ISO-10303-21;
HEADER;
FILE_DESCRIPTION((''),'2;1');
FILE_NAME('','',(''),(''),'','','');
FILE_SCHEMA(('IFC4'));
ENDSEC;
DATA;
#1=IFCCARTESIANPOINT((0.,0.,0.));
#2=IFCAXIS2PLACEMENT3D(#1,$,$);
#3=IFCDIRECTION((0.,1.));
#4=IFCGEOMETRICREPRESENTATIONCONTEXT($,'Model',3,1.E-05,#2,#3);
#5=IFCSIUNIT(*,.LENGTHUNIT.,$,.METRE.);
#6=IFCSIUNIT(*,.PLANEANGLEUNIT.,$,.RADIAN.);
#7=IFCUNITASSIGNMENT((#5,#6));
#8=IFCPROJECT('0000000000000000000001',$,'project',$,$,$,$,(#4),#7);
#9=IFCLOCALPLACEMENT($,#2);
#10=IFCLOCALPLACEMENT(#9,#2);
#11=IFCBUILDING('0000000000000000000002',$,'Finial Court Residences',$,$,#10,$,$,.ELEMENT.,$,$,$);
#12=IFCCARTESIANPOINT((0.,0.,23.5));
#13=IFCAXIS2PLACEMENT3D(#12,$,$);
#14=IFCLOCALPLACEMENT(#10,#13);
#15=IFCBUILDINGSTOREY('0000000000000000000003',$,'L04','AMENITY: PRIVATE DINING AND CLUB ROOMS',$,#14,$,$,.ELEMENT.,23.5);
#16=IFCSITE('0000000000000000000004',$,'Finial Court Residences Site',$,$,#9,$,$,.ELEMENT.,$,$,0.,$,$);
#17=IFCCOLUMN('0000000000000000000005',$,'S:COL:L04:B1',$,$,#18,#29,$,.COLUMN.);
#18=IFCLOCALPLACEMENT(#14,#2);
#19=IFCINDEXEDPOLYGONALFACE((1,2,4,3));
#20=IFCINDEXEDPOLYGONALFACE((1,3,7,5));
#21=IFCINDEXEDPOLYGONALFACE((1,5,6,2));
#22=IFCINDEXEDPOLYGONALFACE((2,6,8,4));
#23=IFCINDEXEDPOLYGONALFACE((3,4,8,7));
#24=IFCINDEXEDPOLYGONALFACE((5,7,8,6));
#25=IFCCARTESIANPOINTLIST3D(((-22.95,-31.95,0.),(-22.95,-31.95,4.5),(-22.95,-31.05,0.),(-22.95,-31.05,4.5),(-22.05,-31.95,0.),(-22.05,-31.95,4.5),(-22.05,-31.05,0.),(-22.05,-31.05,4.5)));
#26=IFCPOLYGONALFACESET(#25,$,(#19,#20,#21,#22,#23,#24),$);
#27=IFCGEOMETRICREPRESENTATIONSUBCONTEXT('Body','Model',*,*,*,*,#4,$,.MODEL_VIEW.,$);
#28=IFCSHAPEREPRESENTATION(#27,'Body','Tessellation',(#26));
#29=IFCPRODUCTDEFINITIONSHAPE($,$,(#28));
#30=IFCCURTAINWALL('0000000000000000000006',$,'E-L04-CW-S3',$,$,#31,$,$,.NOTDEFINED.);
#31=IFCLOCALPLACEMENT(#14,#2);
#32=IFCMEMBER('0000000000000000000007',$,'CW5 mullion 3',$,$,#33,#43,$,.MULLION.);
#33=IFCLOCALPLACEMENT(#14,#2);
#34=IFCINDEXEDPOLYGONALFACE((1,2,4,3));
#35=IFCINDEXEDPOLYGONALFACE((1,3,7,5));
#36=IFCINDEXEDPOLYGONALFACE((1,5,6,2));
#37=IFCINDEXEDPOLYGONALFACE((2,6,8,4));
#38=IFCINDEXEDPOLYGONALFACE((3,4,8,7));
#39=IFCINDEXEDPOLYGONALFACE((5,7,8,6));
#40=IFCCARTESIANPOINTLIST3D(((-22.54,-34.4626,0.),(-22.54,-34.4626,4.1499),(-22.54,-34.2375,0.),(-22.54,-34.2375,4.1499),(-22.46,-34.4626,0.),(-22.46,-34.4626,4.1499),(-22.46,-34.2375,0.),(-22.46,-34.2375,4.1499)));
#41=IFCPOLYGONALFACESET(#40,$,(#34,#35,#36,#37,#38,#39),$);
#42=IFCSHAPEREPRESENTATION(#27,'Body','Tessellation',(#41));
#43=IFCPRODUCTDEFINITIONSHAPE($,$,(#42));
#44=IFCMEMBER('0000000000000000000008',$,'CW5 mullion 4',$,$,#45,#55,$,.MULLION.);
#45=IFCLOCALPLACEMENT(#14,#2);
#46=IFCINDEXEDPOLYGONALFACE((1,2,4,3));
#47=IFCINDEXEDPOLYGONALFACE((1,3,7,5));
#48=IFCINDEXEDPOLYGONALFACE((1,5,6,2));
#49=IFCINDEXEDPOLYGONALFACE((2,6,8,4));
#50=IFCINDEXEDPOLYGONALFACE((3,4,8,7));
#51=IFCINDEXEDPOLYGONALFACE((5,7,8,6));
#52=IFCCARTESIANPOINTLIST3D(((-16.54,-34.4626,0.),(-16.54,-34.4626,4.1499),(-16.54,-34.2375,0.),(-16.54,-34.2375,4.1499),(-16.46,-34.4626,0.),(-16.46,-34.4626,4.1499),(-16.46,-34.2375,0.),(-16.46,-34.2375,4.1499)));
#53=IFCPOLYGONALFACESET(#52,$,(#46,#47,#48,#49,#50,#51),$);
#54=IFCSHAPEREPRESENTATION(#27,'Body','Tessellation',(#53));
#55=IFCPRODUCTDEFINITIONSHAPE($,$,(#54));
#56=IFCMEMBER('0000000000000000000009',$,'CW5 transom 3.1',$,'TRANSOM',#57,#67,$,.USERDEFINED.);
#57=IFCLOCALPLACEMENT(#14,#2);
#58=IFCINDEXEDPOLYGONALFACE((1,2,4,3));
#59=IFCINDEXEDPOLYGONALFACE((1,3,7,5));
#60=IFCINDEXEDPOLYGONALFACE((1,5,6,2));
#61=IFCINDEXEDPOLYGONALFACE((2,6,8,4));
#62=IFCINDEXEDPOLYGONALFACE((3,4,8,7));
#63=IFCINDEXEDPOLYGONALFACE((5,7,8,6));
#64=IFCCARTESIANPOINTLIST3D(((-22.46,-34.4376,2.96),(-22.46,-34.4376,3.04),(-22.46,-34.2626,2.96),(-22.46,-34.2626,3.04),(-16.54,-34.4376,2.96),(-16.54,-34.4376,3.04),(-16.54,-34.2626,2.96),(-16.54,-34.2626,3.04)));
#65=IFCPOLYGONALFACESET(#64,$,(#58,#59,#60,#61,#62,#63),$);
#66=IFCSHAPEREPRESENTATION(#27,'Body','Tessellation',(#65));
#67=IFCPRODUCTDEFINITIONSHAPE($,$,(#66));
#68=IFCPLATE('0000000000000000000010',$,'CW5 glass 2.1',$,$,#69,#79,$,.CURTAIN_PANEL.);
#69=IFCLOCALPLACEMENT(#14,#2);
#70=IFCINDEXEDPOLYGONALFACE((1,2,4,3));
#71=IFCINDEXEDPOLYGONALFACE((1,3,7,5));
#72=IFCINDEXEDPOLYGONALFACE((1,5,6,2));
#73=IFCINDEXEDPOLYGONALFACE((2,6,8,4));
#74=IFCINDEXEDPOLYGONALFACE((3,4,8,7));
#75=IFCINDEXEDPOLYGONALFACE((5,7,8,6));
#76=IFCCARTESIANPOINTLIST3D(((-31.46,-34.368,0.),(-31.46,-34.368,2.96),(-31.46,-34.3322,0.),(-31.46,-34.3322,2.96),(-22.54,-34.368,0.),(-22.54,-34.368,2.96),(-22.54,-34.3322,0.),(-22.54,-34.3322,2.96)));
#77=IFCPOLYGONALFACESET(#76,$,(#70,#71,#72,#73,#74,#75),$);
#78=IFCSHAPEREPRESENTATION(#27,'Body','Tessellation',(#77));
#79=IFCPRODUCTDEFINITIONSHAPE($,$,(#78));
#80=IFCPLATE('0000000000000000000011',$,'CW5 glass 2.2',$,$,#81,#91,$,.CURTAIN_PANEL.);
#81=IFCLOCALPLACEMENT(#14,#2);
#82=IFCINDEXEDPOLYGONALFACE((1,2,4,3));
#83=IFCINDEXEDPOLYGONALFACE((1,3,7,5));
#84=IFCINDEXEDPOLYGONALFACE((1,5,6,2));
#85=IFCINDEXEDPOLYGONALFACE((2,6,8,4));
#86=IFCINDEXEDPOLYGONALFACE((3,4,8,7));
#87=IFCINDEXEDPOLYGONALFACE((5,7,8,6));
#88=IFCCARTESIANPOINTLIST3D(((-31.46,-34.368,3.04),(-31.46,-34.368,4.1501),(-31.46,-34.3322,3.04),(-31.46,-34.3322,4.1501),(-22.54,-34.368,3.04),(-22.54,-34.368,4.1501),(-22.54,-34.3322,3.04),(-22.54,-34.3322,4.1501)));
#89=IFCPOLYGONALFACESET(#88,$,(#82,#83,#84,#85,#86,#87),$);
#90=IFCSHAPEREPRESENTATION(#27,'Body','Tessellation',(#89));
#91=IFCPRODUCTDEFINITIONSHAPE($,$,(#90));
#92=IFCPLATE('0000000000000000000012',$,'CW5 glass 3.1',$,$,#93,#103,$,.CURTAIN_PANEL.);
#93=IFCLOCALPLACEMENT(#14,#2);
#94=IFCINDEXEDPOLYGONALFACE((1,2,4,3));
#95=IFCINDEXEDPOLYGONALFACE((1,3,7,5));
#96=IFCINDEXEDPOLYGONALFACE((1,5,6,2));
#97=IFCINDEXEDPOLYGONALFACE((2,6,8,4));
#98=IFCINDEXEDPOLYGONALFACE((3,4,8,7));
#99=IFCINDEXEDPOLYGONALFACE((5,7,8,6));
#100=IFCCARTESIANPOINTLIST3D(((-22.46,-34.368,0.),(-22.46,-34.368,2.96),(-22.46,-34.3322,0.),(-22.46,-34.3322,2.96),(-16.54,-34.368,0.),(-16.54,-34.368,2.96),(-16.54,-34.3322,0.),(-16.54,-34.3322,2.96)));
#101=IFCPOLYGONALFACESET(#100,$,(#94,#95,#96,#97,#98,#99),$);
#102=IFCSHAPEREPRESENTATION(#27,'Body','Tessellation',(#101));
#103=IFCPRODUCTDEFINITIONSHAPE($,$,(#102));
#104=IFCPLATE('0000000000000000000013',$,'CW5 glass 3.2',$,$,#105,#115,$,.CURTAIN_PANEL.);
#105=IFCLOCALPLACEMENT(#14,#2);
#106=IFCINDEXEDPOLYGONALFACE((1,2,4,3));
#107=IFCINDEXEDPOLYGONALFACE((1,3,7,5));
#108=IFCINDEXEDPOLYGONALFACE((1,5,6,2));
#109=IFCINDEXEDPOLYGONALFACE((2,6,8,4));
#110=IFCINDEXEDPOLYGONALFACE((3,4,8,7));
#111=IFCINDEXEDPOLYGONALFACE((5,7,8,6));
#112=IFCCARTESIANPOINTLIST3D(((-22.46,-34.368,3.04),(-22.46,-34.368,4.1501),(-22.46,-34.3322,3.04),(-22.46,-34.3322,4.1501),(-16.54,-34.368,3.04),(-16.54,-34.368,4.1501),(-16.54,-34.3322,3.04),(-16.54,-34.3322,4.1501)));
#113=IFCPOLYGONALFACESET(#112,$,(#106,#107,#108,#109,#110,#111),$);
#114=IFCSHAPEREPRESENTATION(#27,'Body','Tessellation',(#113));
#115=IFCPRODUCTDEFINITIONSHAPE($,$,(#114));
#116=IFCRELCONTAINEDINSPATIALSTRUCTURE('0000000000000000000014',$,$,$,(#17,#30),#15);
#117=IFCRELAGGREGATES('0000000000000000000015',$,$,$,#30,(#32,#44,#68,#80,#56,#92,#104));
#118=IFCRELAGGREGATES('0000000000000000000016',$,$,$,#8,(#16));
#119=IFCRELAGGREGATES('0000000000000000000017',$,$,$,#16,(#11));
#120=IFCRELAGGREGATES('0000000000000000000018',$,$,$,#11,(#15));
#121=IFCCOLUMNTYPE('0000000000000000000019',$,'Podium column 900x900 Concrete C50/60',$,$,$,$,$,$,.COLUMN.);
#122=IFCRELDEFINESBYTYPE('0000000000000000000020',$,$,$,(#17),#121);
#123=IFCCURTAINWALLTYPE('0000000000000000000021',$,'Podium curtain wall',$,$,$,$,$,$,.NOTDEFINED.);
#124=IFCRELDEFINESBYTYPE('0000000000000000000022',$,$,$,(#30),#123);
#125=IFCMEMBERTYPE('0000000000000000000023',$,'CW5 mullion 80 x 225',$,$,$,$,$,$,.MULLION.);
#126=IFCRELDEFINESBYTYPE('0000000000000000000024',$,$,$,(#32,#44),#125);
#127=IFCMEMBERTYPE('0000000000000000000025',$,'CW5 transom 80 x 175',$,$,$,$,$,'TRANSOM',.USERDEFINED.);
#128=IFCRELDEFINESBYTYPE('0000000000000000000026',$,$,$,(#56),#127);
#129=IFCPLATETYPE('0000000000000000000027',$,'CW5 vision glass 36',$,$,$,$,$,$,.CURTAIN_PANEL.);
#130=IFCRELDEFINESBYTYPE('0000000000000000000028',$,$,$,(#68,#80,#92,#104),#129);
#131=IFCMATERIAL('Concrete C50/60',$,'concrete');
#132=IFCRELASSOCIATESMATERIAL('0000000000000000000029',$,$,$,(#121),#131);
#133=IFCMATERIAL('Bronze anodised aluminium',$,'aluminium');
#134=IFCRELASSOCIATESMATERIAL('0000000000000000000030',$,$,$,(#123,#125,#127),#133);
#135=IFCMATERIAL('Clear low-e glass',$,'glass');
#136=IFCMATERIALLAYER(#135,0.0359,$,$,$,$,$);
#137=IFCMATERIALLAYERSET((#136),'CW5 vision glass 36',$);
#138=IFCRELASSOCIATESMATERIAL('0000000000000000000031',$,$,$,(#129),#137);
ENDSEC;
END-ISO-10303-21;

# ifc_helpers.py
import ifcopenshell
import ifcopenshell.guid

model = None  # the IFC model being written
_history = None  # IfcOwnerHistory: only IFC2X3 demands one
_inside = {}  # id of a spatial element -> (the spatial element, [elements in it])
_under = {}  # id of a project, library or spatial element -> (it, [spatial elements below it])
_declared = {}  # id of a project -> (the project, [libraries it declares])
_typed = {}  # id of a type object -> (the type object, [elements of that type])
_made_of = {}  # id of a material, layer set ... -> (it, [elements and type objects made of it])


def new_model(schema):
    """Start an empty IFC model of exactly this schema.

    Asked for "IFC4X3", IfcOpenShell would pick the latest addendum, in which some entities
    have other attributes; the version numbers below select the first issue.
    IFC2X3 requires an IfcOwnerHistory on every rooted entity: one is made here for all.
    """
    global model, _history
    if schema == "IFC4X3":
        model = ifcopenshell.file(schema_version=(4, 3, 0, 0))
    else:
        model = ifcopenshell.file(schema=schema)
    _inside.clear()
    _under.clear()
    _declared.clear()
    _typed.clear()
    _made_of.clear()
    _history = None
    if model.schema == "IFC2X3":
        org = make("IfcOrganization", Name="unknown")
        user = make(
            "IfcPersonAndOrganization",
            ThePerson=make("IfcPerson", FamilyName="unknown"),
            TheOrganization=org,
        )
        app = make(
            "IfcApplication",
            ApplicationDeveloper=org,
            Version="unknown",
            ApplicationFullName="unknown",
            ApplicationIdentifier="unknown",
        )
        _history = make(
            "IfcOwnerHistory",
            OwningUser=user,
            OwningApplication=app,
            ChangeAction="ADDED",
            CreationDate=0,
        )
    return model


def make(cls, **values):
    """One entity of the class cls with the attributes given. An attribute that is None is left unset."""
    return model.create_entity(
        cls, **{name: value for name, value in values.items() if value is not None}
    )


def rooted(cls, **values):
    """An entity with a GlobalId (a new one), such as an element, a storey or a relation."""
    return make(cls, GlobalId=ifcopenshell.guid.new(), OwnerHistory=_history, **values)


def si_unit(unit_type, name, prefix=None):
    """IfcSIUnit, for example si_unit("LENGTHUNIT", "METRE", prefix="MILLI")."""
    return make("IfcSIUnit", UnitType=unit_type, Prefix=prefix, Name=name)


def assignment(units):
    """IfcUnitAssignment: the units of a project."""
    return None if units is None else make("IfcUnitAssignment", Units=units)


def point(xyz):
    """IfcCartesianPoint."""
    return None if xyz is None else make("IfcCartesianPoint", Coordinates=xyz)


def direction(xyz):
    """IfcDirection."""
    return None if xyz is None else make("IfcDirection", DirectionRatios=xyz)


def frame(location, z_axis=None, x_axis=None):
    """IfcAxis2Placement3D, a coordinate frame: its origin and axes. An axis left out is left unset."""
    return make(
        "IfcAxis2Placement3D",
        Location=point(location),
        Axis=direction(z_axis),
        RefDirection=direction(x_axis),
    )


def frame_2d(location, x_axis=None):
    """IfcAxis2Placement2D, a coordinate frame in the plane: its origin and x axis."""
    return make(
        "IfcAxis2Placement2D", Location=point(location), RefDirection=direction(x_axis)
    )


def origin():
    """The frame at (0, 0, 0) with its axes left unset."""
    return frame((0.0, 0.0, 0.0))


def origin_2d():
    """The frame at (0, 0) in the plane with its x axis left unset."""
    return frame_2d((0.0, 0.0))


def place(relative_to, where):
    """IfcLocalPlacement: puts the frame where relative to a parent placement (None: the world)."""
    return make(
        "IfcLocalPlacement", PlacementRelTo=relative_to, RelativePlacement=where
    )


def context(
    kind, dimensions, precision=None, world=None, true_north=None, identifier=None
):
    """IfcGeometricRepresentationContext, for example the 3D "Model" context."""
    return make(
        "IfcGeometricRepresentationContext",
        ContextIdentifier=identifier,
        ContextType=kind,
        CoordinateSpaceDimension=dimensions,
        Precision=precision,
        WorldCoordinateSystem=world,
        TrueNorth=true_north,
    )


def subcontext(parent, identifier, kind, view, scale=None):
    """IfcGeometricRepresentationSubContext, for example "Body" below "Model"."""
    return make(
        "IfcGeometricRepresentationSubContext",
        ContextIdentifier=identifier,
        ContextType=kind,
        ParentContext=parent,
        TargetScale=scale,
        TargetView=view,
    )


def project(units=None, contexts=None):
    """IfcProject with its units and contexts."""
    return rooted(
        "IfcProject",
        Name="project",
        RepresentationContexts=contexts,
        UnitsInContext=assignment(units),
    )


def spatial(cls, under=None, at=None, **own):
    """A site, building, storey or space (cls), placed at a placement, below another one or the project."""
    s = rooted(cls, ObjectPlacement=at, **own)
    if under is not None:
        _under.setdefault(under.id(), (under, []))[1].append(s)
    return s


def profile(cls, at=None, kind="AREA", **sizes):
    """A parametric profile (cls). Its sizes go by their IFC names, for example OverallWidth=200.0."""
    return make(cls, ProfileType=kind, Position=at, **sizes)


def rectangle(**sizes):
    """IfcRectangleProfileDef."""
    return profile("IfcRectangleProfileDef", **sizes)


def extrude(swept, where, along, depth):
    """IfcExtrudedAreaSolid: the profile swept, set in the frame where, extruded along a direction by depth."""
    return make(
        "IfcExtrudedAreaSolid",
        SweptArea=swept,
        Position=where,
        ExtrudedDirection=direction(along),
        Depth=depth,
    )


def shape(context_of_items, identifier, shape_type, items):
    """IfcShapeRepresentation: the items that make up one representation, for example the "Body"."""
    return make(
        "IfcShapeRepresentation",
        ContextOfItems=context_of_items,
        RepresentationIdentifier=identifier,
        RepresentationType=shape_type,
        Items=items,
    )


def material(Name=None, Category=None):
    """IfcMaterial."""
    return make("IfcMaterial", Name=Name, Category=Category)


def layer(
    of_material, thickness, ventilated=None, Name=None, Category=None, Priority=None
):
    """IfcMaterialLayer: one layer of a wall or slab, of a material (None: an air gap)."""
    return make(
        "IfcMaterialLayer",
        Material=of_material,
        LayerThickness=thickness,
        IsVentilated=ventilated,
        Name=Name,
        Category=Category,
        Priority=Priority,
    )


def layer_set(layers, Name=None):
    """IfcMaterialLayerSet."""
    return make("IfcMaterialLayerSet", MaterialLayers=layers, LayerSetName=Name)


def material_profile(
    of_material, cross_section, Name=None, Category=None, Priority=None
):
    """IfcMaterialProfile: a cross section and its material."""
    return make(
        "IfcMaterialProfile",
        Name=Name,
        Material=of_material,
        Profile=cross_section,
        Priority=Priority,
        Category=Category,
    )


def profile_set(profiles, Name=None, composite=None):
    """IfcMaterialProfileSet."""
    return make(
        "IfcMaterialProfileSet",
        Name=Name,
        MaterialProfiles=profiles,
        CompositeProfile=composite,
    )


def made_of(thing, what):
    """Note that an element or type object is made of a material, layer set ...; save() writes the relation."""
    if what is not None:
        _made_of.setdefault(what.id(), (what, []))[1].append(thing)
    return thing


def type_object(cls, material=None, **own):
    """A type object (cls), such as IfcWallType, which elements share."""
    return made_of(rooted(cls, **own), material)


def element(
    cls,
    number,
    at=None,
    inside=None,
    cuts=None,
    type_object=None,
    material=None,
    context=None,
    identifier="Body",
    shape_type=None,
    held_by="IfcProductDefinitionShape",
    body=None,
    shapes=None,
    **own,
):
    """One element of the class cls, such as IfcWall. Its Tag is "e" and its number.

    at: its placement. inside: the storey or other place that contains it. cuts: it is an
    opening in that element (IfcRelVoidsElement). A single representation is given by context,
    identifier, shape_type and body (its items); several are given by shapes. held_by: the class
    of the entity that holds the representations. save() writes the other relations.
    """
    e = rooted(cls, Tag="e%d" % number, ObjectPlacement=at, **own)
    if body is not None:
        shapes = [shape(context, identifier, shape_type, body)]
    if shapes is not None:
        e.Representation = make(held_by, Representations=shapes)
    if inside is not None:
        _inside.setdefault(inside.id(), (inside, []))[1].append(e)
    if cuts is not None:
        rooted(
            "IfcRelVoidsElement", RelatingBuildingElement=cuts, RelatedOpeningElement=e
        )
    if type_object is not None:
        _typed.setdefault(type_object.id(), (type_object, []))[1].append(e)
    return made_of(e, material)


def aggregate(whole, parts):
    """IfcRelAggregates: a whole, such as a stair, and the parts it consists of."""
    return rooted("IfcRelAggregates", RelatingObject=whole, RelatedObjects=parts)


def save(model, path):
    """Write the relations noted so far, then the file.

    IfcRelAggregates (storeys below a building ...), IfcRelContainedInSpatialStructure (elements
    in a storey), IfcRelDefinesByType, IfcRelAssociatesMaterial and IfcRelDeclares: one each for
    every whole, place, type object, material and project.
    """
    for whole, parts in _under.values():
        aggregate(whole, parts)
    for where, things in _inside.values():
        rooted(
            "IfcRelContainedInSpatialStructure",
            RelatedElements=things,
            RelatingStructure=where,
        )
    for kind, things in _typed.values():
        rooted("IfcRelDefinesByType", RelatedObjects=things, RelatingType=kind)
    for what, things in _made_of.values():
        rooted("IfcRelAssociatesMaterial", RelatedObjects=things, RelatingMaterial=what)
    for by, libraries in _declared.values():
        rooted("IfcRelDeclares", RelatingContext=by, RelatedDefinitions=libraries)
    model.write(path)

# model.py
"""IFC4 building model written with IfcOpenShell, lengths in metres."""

from ifc_helpers import new_model, si_unit, direction, frame, origin, origin_2d, place, context, subcontext, project, spatial, rectangle, extrude, material, layer, layer_set, material_profile, profile_set, type_object, element, aggregate, save


model = new_model("IFC4")

# Units and contexts
model_context = context("Model", 3, precision=1e-05, world=origin(), true_north=direction((0.0, 1.0)))
body_context = subcontext(model_context, "Body", "Model", "MODEL_VIEW")
ifc_project = project(units=[si_unit("LENGTHUNIT", "METRE"), si_unit("PLANEANGLEUNIT", "RADIAN")], contexts=[model_context])

# Site, building, storey
site_placement = place(None, origin())
site = spatial("IfcSite", under=ifc_project, at=site_placement, Name="Finial Court Residences Site", CompositionType="ELEMENT", RefElevation=0.0)
building_placement = place(site_placement, origin())
building = spatial("IfcBuilding", under=site, at=building_placement, Name="Finial Court Residences", CompositionType="ELEMENT")
storey_placement = place(building_placement, frame((0.0, 0.0, 23.5)))
storey = spatial("IfcBuildingStorey", under=building, at=storey_placement, Name="L04", Description="AMENITY: PRIVATE DINING AND CLUB ROOMS", CompositionType="ELEMENT", Elevation=23.5)

# Column
ifc_material_1 = material(Name="Concrete C50/60", Category="concrete")
ifc_material_profile_1 = material_profile(ifc_material_1, rectangle(XDim=0.8999, YDim=0.8999, at=origin_2d()), Name="900x900")
ifc_profile_set_1 = profile_set([ifc_material_profile_1], Name="Concrete C50/60")
column_type = type_object("IfcColumnType", Name="Podium column 900x900 Concrete C50/60", PredefinedType="COLUMN", material=ifc_profile_set_1)
column_placement = place(storey_placement, frame((-22.5, -31.5, 0.0), z_axis=(0.0, 0.0, 1.0), x_axis=(1.0, 0.0, 0.0)))
element("IfcColumn", 1, at=column_placement, inside=storey, type_object=column_type, Name="S:COL:L04:B1", PredefinedType="COLUMN", context=body_context, shape_type="SweptSolid", body=[
    extrude(rectangle(XDim=0.8999, YDim=0.8999, at=origin_2d()), origin(), (0.0, 0.0, 1.0), 4.5),
])

# Curtain wall, members, plates
ifc_material_2 = material(Name="Bronze anodised aluminium", Category="aluminium")
curtain_wall_type = type_object("IfcCurtainWallType", Name="Podium curtain wall", PredefinedType="NOTDEFINED", material=ifc_material_2)
curtain_wall_placement = place(storey_placement, origin())
curtain_wall = element("IfcCurtainWall", 2, at=curtain_wall_placement, inside=storey, type_object=curtain_wall_type, Name="E-L04-CW-S3", PredefinedType="NOTDEFINED")
ifc_material_profile_2 = material_profile(ifc_material_2, rectangle(XDim=0.2251, YDim=0.0801, at=origin_2d()), Name="CW5 mullion 80 x 225")
ifc_profile_set_2 = profile_set([ifc_material_profile_2], Name="Bronze anodised aluminium")
member_type_1 = type_object("IfcMemberType", Name="CW5 mullion 80 x 225", PredefinedType="MULLION", material=ifc_profile_set_2)
member_1_placement = place(storey_placement, frame((-22.5, -34.3501, 0.0), z_axis=(0.0, 0.0, 1.0), x_axis=(0.0, 1.0, 0.0)))
member_1 = element("IfcMember", 3, at=member_1_placement, type_object=member_type_1, Name="CW5 mullion 3", PredefinedType="MULLION", context=body_context, shape_type="SweptSolid", body=[
    extrude(rectangle(XDim=0.2251, YDim=0.0801, at=origin_2d()), origin(), (0.0, 0.0, 1.0), 4.1499),
])
member_2_placement = place(storey_placement, frame((-16.5, -34.3501, 0.0), z_axis=(0.0, 0.0, 1.0), x_axis=(0.0, 1.0, 0.0)))
member_2 = element("IfcMember", 4, at=member_2_placement, type_object=member_type_1, Name="CW5 mullion 4", PredefinedType="MULLION", context=body_context, shape_type="SweptSolid", body=[
    extrude(rectangle(XDim=0.2251, YDim=0.0801, at=origin_2d()), origin(), (0.0, 0.0, 1.0), 4.1499),
])
ifc_material_profile_3 = material_profile(ifc_material_2, rectangle(XDim=0.175, YDim=0.0801, at=origin_2d()), Name="CW5 transom 80 x 175")
ifc_profile_set_3 = profile_set([ifc_material_profile_3], Name="Bronze anodised aluminium")
member_type_2 = type_object("IfcMemberType", Name="CW5 transom 80 x 175", ElementType="TRANSOM", PredefinedType="USERDEFINED", material=ifc_profile_set_3)
member_3_placement = place(storey_placement, frame((-22.46, -34.3501, 3.0), z_axis=(1.0, 0.0, 0.0), x_axis=(0.0, 1.0, 0.0)))
member_3 = element("IfcMember", 5, at=member_3_placement, type_object=member_type_2, Name="CW5 transom 3.1", ObjectType="TRANSOM", PredefinedType="USERDEFINED", context=body_context, shape_type="SweptSolid", body=[
    extrude(rectangle(XDim=0.175, YDim=0.0801, at=origin_2d()), origin(), (0.0, 0.0, 1.0), 5.9199),
])
ifc_material_3 = material(Name="Clear low-e glass", Category="glass")
ifc_layer_1 = layer(ifc_material_3, 0.0359)
ifc_layer_set_1 = layer_set([ifc_layer_1], Name="CW5 vision glass 36")
plate_type = type_object("IfcPlateType", Name="CW5 vision glass 36", PredefinedType="CURTAIN_PANEL", material=ifc_layer_set_1)
plate_1_placement = place(storey_placement, frame((-27.0, -34.3501, 0.0), z_axis=(0.0, 0.0, 1.0), x_axis=(1.0, 0.0, 0.0)))
plate_1 = element("IfcPlate", 6, at=plate_1_placement, type_object=plate_type, Name="CW5 glass 2.1", PredefinedType="CURTAIN_PANEL", context=body_context, shape_type="SweptSolid", body=[
    extrude(rectangle(XDim=8.9199, YDim=0.0359, at=origin_2d()), origin(), (0.0, 0.0, 1.0), 2.96),
])
plate_2_placement = place(storey_placement, frame((-27.0, -34.3501, 3.04), z_axis=(0.0, 0.0, 1.0), x_axis=(1.0, 0.0, 0.0)))
plate_2 = element("IfcPlate", 7, at=plate_2_placement, type_object=plate_type, Name="CW5 glass 2.2", PredefinedType="CURTAIN_PANEL", context=body_context, shape_type="SweptSolid", body=[
    extrude(rectangle(XDim=8.9199, YDim=0.0359, at=origin_2d()), origin(), (0.0, 0.0, 1.0), 1.1101),
])
plate_3_placement = place(storey_placement, frame((-19.5, -34.3501, 0.0), z_axis=(0.0, 0.0, 1.0), x_axis=(1.0, 0.0, 0.0)))
plate_3 = element("IfcPlate", 8, at=plate_3_placement, type_object=plate_type, Name="CW5 glass 3.1", PredefinedType="CURTAIN_PANEL", context=body_context, shape_type="SweptSolid", body=[
    extrude(rectangle(XDim=5.9199, YDim=0.0359, at=origin_2d()), origin(), (0.0, 0.0, 1.0), 2.96),
])
plate_4_placement = place(storey_placement, frame((-19.5, -34.3501, 3.04), z_axis=(0.0, 0.0, 1.0), x_axis=(1.0, 0.0, 0.0)))
plate_4 = element("IfcPlate", 9, at=plate_4_placement, type_object=plate_type, Name="CW5 glass 3.2", PredefinedType="CURTAIN_PANEL", context=body_context, shape_type="SweptSolid", body=[
    extrude(rectangle(XDim=5.9199, YDim=0.0359, at=origin_2d()), origin(), (0.0, 0.0, 1.0), 1.1101),
])
aggregate(curtain_wall, [member_1, member_2, plate_1, plate_2, member_3, plate_3, plate_4])

save(model, "model.ifc")
